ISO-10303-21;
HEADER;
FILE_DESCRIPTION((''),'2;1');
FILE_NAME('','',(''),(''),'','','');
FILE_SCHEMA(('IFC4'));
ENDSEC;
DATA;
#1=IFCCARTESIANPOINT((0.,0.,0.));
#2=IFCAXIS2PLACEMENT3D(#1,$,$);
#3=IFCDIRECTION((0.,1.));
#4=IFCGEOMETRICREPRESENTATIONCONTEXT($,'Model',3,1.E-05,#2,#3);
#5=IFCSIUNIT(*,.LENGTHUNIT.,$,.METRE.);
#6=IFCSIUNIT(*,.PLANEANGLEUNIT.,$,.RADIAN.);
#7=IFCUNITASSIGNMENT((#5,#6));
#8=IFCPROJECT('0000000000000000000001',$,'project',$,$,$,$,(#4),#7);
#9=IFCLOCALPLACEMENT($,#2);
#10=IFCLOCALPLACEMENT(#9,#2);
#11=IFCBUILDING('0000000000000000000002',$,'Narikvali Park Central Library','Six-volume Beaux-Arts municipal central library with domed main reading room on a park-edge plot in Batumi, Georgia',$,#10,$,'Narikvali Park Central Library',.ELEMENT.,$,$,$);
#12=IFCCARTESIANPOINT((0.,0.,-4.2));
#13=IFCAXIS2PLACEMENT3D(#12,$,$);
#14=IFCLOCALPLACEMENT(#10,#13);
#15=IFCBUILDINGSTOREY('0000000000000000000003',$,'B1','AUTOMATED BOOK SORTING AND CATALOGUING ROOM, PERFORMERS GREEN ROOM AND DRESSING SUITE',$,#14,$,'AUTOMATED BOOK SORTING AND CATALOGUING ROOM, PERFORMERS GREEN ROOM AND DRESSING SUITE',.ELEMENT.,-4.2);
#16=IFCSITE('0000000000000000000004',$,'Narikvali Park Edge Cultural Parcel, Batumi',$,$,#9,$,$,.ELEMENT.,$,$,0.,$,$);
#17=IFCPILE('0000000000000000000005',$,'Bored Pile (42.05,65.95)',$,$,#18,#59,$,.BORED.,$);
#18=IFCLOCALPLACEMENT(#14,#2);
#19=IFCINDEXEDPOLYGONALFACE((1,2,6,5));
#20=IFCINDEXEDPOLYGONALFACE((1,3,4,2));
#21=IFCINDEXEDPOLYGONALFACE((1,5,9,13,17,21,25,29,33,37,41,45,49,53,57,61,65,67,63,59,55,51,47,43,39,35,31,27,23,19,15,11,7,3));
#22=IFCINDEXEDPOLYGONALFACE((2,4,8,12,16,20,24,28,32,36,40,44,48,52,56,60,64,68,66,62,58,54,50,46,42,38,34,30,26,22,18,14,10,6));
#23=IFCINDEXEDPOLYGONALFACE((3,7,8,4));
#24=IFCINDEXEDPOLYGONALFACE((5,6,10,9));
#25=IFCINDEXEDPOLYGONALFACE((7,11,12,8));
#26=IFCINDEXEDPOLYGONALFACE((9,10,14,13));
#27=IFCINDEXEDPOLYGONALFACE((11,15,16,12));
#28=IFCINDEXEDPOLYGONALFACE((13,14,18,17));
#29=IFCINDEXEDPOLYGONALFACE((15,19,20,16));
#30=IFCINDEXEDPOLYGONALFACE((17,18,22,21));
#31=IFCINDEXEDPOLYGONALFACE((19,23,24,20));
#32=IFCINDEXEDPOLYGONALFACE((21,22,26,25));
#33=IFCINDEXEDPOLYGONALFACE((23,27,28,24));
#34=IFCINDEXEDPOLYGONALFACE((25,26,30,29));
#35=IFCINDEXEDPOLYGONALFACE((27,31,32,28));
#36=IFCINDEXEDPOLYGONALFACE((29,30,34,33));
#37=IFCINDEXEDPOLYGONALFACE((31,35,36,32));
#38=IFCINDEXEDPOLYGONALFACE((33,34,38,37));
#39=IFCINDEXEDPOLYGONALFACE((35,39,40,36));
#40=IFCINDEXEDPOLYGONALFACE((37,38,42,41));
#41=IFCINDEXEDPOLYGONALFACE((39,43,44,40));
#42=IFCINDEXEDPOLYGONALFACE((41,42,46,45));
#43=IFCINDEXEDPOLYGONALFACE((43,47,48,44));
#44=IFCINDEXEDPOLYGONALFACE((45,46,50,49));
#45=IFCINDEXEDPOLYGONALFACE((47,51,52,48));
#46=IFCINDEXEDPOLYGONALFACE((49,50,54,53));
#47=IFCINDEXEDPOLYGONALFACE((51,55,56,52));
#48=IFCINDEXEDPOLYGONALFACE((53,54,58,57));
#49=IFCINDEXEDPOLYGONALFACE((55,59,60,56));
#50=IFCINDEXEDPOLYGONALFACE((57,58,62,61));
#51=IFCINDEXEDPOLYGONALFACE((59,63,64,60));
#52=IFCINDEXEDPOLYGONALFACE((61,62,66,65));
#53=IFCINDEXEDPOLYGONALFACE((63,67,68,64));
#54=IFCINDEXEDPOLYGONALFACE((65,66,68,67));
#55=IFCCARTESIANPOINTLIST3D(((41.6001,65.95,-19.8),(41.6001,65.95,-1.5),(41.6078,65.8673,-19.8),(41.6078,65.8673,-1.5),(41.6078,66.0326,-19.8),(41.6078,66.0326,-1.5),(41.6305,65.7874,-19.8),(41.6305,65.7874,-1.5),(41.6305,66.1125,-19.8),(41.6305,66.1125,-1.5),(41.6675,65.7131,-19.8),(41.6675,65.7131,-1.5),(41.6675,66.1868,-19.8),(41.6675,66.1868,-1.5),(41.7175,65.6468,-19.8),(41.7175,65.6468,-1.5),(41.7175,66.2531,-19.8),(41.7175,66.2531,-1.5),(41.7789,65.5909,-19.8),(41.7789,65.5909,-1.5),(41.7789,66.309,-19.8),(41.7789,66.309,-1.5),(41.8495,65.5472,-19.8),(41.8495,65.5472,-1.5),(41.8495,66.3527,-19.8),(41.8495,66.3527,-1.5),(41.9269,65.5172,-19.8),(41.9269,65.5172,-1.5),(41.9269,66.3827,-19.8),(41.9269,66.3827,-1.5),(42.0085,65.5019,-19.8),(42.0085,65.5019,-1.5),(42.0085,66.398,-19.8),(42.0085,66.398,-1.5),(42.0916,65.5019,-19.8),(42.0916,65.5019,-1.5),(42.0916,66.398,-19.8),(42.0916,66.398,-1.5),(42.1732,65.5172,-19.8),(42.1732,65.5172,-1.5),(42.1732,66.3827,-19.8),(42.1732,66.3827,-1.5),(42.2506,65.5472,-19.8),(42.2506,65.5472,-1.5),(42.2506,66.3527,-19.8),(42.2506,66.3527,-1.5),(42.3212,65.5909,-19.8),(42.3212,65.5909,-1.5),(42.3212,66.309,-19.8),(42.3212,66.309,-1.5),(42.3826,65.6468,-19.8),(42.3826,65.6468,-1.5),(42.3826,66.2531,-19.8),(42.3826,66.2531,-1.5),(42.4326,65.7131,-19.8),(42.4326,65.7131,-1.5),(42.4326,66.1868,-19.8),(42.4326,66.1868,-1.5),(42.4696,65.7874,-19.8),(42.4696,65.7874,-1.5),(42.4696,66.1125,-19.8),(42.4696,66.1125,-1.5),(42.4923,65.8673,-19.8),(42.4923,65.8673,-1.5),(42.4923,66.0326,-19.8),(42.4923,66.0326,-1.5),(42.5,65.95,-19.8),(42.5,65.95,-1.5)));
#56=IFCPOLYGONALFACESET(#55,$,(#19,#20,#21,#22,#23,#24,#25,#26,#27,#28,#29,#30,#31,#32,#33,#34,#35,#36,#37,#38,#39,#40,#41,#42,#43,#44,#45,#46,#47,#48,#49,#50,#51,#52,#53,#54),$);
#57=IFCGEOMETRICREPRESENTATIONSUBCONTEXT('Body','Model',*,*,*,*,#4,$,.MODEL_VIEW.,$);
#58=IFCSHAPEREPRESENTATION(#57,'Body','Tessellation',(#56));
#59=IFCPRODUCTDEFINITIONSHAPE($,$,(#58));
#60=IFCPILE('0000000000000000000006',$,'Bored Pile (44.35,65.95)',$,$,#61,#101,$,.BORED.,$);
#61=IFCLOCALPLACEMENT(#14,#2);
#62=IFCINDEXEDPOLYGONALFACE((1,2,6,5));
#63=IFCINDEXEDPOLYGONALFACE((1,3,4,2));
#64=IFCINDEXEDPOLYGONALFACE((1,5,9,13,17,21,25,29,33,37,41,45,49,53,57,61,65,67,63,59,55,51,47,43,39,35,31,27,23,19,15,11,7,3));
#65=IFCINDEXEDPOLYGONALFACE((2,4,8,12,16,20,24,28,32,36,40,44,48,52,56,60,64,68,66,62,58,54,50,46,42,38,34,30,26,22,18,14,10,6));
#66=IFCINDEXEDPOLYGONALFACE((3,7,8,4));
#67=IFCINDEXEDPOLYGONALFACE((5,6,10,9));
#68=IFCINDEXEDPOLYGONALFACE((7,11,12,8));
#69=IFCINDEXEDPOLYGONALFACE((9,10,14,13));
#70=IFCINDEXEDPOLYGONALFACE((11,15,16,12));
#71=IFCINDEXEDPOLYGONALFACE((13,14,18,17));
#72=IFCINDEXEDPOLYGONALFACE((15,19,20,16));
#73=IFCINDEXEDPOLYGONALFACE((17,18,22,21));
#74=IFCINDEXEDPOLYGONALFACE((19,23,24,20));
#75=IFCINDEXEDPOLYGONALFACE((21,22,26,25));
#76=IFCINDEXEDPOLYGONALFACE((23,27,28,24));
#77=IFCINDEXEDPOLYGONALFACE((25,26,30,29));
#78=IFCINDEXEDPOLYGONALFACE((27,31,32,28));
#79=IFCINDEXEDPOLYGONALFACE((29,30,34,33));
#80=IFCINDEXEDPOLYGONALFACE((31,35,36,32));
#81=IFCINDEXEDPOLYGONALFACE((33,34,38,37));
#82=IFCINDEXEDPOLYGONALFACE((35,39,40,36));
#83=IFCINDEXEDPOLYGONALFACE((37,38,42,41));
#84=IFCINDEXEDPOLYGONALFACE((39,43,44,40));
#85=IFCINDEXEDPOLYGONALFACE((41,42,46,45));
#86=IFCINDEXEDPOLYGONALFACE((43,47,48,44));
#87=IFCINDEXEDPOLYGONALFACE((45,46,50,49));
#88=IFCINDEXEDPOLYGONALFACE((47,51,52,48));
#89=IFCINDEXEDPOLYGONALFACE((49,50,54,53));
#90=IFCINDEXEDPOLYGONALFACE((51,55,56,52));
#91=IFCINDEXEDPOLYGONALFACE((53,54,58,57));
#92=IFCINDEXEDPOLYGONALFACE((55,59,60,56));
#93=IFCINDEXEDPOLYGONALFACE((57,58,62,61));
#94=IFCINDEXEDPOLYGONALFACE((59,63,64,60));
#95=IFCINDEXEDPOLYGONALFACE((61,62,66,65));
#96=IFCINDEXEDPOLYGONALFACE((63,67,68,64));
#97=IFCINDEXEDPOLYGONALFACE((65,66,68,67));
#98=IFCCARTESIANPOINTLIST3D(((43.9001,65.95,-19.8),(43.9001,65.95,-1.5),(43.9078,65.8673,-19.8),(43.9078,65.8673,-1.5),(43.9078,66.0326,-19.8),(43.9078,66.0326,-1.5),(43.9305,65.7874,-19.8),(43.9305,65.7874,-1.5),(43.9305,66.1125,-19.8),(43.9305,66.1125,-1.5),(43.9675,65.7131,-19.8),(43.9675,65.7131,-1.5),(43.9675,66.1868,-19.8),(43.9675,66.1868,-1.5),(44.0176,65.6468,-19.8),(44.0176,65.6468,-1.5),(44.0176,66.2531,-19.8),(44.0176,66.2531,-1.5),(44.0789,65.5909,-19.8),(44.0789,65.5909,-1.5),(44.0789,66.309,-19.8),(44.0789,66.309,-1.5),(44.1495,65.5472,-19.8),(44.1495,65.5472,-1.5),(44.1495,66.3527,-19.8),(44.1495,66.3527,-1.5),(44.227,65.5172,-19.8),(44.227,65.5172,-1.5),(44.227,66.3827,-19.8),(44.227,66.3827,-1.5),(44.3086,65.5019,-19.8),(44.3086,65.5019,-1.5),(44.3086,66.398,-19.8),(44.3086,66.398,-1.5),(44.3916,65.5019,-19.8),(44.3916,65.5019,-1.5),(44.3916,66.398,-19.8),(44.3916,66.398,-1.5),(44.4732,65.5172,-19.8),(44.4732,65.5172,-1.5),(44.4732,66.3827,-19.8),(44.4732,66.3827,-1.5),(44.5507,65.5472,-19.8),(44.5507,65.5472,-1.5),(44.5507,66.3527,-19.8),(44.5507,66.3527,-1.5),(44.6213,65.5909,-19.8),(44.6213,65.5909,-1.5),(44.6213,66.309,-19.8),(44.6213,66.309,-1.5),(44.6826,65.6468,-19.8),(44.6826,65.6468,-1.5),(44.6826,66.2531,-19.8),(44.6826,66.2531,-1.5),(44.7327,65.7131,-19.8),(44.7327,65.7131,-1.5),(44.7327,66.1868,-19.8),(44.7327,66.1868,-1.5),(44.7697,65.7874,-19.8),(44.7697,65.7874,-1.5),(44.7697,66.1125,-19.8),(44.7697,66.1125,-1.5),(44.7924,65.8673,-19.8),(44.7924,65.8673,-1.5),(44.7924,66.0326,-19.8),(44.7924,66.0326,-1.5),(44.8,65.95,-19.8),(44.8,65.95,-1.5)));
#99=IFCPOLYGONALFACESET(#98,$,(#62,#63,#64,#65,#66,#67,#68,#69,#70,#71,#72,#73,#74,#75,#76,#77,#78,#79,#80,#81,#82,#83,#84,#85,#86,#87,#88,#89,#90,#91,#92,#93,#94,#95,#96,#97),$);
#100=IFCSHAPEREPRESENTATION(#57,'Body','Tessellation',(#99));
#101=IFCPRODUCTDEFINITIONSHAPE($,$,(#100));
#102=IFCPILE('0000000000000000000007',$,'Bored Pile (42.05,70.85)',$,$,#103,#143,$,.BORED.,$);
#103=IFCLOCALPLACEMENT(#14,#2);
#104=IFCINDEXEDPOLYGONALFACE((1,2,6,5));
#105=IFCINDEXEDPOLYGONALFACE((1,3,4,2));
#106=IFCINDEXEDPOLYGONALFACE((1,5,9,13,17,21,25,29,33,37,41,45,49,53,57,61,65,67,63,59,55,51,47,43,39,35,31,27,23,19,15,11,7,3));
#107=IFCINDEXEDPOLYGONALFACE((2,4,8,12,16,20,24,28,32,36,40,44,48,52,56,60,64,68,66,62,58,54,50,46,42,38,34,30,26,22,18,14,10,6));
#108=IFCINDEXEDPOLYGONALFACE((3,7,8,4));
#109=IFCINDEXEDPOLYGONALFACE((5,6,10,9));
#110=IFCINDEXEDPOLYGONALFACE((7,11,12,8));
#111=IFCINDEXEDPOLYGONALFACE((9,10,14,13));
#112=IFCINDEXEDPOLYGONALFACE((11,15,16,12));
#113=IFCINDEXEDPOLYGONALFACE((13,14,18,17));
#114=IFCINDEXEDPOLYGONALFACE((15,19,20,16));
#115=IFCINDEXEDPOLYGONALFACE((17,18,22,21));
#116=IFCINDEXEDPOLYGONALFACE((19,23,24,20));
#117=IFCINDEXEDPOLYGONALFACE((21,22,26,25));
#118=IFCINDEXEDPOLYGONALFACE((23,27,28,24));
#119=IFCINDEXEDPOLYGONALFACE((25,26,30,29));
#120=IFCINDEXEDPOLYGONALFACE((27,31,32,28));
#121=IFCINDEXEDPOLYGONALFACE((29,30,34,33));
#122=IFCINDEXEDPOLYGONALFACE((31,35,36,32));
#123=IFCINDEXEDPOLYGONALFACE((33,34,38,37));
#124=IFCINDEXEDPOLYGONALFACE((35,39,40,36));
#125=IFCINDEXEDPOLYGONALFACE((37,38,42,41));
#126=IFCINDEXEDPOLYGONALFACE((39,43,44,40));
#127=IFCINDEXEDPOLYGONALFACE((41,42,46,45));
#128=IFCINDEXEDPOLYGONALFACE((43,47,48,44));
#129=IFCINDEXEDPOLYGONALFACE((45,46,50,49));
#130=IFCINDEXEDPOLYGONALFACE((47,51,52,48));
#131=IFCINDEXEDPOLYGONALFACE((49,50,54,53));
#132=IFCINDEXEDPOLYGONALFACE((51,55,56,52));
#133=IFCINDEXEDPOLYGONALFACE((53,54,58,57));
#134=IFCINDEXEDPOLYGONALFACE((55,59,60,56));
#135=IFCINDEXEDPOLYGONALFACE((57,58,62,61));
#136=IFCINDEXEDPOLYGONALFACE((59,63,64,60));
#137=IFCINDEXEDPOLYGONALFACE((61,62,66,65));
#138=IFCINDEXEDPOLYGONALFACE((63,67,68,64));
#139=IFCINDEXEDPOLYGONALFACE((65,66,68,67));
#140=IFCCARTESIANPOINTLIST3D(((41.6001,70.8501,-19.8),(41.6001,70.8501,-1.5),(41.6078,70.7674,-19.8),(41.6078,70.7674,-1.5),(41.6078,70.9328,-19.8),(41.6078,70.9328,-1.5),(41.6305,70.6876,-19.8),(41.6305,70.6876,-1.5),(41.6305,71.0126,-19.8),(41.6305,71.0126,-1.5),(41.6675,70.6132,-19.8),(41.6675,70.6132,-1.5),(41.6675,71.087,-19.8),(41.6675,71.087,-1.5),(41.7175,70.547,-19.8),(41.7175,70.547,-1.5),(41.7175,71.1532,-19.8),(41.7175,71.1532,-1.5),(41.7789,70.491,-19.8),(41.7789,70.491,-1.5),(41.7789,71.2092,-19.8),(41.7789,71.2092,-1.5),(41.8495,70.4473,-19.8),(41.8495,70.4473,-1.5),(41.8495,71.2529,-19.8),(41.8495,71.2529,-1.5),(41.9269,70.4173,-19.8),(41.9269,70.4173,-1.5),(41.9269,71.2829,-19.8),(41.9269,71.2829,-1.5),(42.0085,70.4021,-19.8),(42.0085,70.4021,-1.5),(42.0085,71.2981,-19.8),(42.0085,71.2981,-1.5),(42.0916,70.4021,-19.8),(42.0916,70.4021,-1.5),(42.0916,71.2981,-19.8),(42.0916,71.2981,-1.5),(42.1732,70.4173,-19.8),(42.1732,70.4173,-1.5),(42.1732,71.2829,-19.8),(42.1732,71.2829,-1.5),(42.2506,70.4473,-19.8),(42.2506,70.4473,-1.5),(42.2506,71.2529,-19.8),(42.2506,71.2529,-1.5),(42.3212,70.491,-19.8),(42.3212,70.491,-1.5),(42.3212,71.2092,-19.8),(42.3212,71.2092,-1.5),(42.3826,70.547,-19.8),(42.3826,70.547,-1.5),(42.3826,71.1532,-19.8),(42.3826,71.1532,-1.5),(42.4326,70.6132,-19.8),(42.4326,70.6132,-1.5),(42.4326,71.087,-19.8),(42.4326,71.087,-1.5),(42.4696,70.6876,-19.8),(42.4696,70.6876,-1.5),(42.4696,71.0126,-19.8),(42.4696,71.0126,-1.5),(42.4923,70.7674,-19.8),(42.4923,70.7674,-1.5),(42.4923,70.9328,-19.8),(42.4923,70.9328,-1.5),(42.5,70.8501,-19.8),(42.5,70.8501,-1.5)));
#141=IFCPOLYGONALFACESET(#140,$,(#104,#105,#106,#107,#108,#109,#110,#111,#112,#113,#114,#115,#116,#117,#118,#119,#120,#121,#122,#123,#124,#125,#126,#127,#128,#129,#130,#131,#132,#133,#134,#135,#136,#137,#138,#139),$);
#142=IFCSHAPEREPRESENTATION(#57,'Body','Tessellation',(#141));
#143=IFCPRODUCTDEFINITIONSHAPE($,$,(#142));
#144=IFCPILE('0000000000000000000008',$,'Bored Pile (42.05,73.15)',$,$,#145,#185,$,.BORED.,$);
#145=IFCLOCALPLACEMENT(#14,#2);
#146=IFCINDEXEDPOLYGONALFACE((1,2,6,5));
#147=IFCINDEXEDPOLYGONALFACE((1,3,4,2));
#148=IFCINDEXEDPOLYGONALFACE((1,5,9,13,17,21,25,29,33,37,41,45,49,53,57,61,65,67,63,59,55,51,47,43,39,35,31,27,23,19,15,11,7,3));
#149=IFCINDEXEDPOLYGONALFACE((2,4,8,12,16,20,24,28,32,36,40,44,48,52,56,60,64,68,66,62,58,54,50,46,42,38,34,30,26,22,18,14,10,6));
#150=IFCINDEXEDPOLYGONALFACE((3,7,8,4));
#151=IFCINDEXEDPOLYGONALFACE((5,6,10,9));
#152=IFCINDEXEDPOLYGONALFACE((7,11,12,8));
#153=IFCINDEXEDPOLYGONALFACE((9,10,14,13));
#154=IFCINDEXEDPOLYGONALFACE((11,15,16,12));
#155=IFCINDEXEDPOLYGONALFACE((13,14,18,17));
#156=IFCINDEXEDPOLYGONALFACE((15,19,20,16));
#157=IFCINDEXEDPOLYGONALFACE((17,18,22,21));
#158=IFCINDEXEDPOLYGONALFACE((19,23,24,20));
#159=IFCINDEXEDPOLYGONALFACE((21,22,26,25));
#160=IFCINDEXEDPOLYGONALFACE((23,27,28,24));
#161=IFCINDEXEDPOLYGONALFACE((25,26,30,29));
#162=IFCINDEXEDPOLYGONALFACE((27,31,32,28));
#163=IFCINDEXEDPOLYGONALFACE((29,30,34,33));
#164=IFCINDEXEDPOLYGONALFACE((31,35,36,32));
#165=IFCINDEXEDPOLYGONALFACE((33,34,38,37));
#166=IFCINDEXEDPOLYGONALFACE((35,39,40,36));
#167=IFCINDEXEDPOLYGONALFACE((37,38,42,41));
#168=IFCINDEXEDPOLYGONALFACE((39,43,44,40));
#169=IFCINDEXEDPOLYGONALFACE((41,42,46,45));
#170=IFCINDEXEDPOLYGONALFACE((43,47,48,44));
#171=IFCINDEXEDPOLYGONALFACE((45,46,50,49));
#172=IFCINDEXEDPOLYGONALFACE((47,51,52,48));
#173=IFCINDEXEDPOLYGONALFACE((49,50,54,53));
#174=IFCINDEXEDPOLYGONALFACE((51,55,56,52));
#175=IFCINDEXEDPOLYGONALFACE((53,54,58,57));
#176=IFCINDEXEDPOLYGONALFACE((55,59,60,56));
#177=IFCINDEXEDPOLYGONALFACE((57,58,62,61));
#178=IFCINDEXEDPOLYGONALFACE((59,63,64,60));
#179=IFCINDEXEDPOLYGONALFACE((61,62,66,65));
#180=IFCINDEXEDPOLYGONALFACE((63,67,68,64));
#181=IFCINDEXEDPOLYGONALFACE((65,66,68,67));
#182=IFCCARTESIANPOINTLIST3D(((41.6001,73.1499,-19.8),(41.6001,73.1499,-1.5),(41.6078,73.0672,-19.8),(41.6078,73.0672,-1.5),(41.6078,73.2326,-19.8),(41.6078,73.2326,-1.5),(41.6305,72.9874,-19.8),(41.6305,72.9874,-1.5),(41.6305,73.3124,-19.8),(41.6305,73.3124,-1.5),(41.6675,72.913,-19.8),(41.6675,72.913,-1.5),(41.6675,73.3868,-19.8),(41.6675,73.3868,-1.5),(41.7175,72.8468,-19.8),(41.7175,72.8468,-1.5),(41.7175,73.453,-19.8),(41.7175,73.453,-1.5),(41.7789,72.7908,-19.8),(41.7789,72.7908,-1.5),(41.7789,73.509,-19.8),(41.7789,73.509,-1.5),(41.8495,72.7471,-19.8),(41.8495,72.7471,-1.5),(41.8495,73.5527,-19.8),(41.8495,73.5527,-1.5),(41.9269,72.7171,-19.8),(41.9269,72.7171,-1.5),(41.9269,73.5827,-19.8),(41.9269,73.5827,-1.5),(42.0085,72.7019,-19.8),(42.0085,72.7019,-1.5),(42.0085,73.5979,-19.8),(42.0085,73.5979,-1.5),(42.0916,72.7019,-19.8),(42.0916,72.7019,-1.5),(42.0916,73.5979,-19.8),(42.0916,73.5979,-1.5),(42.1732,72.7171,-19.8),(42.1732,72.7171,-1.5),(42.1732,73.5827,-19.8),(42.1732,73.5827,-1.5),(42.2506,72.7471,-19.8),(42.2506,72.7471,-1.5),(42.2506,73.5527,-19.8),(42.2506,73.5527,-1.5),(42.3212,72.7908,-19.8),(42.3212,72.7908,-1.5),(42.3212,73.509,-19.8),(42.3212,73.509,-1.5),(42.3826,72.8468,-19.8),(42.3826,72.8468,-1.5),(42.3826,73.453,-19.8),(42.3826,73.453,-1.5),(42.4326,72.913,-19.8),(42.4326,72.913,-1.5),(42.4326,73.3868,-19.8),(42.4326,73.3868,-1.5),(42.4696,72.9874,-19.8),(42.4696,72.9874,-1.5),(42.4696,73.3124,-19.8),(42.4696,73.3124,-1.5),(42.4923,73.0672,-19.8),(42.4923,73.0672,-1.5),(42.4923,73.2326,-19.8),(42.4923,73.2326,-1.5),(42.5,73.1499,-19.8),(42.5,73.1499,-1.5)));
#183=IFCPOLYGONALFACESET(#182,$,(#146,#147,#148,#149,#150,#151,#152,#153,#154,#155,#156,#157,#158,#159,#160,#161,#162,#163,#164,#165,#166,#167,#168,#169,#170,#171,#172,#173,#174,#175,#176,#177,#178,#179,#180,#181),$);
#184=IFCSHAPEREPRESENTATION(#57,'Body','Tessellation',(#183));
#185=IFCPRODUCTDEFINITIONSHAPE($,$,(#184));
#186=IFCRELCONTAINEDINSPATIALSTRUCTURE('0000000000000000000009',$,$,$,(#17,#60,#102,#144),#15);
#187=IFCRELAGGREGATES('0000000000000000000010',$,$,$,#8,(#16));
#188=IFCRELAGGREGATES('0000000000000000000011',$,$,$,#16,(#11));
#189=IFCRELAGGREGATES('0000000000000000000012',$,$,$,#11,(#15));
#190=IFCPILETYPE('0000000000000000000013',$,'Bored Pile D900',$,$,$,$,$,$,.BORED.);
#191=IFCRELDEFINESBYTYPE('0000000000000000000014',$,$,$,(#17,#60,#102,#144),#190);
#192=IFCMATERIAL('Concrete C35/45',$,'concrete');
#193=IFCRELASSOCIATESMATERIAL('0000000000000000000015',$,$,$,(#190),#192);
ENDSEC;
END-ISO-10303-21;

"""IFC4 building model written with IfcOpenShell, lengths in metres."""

from ifc_helpers import new_model, si_unit, direction, frame, origin, origin_2d, place, context, subcontext, project, spatial, circle, extrude, material, material_profile, profile_set, type_object, element, save


model = new_model("IFC4")

# Units and contexts
model_context = context("Model", 3, precision=1e-05, world=origin(), true_north=direction((0.0, 1.0)))
body_context = subcontext(model_context, "Body", "Model", "MODEL_VIEW")
ifc_project = project(units=[si_unit("LENGTHUNIT", "METRE"), si_unit("PLANEANGLEUNIT", "RADIAN")], contexts=[model_context])

# Site, building, storey
site_placement = place(None, origin())
site = spatial("IfcSite", under=ifc_project, at=site_placement, Name="Narikvali Park Edge Cultural Parcel, Batumi", CompositionType="ELEMENT", RefElevation=0.0)
building_placement = place(site_placement, origin())
building = spatial("IfcBuilding", under=site, at=building_placement, Name="Narikvali Park Central Library", Description="Six-volume Beaux-Arts municipal central library with domed main reading room on a park-edge plot in Batumi, Georgia", LongName="Narikvali Park Central Library", CompositionType="ELEMENT")
storey_placement = place(building_placement, frame((0.0, 0.0, -4.2)))
storey = spatial("IfcBuildingStorey", under=building, at=storey_placement, Name="B1", Description="AUTOMATED BOOK SORTING AND CATALOGUING ROOM, PERFORMERS GREEN ROOM AND DRESSING SUITE", LongName="AUTOMATED BOOK SORTING AND CATALOGUING ROOM, PERFORMERS GREEN ROOM AND DRESSING SUITE", CompositionType="ELEMENT", Elevation=-4.2)

# Piles
ifc_material_1 = material(Name="Concrete C35/45", Category="concrete")
ifc_material_profile_1 = material_profile(ifc_material_1, circle(Radius=0.45, at=origin_2d()), Name="PILE D900")
ifc_profile_set_1 = profile_set([ifc_material_profile_1], Name="Concrete C35/45")
pile_type = type_object("IfcPileType", Name="Bored Pile D900", PredefinedType="BORED", material=ifc_profile_set_1)
for number, where, z_axis, x_axis, name in (
    (1, (42.05, 65.95, -1.5), (0.0, 0.0, -1.0), (1.0, 0.0, 0.0), "Bored Pile (42.05,65.95)"),
    (2, (44.3501, 65.95, -1.5), (0.0, 0.0, -1.0), (1.0, 0.0, 0.0), "Bored Pile (44.35,65.95)"),
    (3, (42.05, 70.8501, -1.5), (0.0, 0.0, -1.0), (1.0, 0.0, 0.0), "Bored Pile (42.05,70.85)"),
    (4, (42.05, 73.1499, -1.5), (0.0, 0.0, -1.0), (1.0, 0.0, 0.0), "Bored Pile (42.05,73.15)"),
):
    element("IfcPile", number, at=place(storey_placement, frame(where, z_axis=z_axis, x_axis=x_axis)), inside=storey, type_object=pile_type, Name=name, PredefinedType="BORED", context=body_context, shape_type="SweptSolid", body=[
        extrude(circle(Radius=0.45, at=origin_2d()), origin(), (0.0, 0.0, 1.0), 18.3),
    ])

save(model, "model.ifc")
